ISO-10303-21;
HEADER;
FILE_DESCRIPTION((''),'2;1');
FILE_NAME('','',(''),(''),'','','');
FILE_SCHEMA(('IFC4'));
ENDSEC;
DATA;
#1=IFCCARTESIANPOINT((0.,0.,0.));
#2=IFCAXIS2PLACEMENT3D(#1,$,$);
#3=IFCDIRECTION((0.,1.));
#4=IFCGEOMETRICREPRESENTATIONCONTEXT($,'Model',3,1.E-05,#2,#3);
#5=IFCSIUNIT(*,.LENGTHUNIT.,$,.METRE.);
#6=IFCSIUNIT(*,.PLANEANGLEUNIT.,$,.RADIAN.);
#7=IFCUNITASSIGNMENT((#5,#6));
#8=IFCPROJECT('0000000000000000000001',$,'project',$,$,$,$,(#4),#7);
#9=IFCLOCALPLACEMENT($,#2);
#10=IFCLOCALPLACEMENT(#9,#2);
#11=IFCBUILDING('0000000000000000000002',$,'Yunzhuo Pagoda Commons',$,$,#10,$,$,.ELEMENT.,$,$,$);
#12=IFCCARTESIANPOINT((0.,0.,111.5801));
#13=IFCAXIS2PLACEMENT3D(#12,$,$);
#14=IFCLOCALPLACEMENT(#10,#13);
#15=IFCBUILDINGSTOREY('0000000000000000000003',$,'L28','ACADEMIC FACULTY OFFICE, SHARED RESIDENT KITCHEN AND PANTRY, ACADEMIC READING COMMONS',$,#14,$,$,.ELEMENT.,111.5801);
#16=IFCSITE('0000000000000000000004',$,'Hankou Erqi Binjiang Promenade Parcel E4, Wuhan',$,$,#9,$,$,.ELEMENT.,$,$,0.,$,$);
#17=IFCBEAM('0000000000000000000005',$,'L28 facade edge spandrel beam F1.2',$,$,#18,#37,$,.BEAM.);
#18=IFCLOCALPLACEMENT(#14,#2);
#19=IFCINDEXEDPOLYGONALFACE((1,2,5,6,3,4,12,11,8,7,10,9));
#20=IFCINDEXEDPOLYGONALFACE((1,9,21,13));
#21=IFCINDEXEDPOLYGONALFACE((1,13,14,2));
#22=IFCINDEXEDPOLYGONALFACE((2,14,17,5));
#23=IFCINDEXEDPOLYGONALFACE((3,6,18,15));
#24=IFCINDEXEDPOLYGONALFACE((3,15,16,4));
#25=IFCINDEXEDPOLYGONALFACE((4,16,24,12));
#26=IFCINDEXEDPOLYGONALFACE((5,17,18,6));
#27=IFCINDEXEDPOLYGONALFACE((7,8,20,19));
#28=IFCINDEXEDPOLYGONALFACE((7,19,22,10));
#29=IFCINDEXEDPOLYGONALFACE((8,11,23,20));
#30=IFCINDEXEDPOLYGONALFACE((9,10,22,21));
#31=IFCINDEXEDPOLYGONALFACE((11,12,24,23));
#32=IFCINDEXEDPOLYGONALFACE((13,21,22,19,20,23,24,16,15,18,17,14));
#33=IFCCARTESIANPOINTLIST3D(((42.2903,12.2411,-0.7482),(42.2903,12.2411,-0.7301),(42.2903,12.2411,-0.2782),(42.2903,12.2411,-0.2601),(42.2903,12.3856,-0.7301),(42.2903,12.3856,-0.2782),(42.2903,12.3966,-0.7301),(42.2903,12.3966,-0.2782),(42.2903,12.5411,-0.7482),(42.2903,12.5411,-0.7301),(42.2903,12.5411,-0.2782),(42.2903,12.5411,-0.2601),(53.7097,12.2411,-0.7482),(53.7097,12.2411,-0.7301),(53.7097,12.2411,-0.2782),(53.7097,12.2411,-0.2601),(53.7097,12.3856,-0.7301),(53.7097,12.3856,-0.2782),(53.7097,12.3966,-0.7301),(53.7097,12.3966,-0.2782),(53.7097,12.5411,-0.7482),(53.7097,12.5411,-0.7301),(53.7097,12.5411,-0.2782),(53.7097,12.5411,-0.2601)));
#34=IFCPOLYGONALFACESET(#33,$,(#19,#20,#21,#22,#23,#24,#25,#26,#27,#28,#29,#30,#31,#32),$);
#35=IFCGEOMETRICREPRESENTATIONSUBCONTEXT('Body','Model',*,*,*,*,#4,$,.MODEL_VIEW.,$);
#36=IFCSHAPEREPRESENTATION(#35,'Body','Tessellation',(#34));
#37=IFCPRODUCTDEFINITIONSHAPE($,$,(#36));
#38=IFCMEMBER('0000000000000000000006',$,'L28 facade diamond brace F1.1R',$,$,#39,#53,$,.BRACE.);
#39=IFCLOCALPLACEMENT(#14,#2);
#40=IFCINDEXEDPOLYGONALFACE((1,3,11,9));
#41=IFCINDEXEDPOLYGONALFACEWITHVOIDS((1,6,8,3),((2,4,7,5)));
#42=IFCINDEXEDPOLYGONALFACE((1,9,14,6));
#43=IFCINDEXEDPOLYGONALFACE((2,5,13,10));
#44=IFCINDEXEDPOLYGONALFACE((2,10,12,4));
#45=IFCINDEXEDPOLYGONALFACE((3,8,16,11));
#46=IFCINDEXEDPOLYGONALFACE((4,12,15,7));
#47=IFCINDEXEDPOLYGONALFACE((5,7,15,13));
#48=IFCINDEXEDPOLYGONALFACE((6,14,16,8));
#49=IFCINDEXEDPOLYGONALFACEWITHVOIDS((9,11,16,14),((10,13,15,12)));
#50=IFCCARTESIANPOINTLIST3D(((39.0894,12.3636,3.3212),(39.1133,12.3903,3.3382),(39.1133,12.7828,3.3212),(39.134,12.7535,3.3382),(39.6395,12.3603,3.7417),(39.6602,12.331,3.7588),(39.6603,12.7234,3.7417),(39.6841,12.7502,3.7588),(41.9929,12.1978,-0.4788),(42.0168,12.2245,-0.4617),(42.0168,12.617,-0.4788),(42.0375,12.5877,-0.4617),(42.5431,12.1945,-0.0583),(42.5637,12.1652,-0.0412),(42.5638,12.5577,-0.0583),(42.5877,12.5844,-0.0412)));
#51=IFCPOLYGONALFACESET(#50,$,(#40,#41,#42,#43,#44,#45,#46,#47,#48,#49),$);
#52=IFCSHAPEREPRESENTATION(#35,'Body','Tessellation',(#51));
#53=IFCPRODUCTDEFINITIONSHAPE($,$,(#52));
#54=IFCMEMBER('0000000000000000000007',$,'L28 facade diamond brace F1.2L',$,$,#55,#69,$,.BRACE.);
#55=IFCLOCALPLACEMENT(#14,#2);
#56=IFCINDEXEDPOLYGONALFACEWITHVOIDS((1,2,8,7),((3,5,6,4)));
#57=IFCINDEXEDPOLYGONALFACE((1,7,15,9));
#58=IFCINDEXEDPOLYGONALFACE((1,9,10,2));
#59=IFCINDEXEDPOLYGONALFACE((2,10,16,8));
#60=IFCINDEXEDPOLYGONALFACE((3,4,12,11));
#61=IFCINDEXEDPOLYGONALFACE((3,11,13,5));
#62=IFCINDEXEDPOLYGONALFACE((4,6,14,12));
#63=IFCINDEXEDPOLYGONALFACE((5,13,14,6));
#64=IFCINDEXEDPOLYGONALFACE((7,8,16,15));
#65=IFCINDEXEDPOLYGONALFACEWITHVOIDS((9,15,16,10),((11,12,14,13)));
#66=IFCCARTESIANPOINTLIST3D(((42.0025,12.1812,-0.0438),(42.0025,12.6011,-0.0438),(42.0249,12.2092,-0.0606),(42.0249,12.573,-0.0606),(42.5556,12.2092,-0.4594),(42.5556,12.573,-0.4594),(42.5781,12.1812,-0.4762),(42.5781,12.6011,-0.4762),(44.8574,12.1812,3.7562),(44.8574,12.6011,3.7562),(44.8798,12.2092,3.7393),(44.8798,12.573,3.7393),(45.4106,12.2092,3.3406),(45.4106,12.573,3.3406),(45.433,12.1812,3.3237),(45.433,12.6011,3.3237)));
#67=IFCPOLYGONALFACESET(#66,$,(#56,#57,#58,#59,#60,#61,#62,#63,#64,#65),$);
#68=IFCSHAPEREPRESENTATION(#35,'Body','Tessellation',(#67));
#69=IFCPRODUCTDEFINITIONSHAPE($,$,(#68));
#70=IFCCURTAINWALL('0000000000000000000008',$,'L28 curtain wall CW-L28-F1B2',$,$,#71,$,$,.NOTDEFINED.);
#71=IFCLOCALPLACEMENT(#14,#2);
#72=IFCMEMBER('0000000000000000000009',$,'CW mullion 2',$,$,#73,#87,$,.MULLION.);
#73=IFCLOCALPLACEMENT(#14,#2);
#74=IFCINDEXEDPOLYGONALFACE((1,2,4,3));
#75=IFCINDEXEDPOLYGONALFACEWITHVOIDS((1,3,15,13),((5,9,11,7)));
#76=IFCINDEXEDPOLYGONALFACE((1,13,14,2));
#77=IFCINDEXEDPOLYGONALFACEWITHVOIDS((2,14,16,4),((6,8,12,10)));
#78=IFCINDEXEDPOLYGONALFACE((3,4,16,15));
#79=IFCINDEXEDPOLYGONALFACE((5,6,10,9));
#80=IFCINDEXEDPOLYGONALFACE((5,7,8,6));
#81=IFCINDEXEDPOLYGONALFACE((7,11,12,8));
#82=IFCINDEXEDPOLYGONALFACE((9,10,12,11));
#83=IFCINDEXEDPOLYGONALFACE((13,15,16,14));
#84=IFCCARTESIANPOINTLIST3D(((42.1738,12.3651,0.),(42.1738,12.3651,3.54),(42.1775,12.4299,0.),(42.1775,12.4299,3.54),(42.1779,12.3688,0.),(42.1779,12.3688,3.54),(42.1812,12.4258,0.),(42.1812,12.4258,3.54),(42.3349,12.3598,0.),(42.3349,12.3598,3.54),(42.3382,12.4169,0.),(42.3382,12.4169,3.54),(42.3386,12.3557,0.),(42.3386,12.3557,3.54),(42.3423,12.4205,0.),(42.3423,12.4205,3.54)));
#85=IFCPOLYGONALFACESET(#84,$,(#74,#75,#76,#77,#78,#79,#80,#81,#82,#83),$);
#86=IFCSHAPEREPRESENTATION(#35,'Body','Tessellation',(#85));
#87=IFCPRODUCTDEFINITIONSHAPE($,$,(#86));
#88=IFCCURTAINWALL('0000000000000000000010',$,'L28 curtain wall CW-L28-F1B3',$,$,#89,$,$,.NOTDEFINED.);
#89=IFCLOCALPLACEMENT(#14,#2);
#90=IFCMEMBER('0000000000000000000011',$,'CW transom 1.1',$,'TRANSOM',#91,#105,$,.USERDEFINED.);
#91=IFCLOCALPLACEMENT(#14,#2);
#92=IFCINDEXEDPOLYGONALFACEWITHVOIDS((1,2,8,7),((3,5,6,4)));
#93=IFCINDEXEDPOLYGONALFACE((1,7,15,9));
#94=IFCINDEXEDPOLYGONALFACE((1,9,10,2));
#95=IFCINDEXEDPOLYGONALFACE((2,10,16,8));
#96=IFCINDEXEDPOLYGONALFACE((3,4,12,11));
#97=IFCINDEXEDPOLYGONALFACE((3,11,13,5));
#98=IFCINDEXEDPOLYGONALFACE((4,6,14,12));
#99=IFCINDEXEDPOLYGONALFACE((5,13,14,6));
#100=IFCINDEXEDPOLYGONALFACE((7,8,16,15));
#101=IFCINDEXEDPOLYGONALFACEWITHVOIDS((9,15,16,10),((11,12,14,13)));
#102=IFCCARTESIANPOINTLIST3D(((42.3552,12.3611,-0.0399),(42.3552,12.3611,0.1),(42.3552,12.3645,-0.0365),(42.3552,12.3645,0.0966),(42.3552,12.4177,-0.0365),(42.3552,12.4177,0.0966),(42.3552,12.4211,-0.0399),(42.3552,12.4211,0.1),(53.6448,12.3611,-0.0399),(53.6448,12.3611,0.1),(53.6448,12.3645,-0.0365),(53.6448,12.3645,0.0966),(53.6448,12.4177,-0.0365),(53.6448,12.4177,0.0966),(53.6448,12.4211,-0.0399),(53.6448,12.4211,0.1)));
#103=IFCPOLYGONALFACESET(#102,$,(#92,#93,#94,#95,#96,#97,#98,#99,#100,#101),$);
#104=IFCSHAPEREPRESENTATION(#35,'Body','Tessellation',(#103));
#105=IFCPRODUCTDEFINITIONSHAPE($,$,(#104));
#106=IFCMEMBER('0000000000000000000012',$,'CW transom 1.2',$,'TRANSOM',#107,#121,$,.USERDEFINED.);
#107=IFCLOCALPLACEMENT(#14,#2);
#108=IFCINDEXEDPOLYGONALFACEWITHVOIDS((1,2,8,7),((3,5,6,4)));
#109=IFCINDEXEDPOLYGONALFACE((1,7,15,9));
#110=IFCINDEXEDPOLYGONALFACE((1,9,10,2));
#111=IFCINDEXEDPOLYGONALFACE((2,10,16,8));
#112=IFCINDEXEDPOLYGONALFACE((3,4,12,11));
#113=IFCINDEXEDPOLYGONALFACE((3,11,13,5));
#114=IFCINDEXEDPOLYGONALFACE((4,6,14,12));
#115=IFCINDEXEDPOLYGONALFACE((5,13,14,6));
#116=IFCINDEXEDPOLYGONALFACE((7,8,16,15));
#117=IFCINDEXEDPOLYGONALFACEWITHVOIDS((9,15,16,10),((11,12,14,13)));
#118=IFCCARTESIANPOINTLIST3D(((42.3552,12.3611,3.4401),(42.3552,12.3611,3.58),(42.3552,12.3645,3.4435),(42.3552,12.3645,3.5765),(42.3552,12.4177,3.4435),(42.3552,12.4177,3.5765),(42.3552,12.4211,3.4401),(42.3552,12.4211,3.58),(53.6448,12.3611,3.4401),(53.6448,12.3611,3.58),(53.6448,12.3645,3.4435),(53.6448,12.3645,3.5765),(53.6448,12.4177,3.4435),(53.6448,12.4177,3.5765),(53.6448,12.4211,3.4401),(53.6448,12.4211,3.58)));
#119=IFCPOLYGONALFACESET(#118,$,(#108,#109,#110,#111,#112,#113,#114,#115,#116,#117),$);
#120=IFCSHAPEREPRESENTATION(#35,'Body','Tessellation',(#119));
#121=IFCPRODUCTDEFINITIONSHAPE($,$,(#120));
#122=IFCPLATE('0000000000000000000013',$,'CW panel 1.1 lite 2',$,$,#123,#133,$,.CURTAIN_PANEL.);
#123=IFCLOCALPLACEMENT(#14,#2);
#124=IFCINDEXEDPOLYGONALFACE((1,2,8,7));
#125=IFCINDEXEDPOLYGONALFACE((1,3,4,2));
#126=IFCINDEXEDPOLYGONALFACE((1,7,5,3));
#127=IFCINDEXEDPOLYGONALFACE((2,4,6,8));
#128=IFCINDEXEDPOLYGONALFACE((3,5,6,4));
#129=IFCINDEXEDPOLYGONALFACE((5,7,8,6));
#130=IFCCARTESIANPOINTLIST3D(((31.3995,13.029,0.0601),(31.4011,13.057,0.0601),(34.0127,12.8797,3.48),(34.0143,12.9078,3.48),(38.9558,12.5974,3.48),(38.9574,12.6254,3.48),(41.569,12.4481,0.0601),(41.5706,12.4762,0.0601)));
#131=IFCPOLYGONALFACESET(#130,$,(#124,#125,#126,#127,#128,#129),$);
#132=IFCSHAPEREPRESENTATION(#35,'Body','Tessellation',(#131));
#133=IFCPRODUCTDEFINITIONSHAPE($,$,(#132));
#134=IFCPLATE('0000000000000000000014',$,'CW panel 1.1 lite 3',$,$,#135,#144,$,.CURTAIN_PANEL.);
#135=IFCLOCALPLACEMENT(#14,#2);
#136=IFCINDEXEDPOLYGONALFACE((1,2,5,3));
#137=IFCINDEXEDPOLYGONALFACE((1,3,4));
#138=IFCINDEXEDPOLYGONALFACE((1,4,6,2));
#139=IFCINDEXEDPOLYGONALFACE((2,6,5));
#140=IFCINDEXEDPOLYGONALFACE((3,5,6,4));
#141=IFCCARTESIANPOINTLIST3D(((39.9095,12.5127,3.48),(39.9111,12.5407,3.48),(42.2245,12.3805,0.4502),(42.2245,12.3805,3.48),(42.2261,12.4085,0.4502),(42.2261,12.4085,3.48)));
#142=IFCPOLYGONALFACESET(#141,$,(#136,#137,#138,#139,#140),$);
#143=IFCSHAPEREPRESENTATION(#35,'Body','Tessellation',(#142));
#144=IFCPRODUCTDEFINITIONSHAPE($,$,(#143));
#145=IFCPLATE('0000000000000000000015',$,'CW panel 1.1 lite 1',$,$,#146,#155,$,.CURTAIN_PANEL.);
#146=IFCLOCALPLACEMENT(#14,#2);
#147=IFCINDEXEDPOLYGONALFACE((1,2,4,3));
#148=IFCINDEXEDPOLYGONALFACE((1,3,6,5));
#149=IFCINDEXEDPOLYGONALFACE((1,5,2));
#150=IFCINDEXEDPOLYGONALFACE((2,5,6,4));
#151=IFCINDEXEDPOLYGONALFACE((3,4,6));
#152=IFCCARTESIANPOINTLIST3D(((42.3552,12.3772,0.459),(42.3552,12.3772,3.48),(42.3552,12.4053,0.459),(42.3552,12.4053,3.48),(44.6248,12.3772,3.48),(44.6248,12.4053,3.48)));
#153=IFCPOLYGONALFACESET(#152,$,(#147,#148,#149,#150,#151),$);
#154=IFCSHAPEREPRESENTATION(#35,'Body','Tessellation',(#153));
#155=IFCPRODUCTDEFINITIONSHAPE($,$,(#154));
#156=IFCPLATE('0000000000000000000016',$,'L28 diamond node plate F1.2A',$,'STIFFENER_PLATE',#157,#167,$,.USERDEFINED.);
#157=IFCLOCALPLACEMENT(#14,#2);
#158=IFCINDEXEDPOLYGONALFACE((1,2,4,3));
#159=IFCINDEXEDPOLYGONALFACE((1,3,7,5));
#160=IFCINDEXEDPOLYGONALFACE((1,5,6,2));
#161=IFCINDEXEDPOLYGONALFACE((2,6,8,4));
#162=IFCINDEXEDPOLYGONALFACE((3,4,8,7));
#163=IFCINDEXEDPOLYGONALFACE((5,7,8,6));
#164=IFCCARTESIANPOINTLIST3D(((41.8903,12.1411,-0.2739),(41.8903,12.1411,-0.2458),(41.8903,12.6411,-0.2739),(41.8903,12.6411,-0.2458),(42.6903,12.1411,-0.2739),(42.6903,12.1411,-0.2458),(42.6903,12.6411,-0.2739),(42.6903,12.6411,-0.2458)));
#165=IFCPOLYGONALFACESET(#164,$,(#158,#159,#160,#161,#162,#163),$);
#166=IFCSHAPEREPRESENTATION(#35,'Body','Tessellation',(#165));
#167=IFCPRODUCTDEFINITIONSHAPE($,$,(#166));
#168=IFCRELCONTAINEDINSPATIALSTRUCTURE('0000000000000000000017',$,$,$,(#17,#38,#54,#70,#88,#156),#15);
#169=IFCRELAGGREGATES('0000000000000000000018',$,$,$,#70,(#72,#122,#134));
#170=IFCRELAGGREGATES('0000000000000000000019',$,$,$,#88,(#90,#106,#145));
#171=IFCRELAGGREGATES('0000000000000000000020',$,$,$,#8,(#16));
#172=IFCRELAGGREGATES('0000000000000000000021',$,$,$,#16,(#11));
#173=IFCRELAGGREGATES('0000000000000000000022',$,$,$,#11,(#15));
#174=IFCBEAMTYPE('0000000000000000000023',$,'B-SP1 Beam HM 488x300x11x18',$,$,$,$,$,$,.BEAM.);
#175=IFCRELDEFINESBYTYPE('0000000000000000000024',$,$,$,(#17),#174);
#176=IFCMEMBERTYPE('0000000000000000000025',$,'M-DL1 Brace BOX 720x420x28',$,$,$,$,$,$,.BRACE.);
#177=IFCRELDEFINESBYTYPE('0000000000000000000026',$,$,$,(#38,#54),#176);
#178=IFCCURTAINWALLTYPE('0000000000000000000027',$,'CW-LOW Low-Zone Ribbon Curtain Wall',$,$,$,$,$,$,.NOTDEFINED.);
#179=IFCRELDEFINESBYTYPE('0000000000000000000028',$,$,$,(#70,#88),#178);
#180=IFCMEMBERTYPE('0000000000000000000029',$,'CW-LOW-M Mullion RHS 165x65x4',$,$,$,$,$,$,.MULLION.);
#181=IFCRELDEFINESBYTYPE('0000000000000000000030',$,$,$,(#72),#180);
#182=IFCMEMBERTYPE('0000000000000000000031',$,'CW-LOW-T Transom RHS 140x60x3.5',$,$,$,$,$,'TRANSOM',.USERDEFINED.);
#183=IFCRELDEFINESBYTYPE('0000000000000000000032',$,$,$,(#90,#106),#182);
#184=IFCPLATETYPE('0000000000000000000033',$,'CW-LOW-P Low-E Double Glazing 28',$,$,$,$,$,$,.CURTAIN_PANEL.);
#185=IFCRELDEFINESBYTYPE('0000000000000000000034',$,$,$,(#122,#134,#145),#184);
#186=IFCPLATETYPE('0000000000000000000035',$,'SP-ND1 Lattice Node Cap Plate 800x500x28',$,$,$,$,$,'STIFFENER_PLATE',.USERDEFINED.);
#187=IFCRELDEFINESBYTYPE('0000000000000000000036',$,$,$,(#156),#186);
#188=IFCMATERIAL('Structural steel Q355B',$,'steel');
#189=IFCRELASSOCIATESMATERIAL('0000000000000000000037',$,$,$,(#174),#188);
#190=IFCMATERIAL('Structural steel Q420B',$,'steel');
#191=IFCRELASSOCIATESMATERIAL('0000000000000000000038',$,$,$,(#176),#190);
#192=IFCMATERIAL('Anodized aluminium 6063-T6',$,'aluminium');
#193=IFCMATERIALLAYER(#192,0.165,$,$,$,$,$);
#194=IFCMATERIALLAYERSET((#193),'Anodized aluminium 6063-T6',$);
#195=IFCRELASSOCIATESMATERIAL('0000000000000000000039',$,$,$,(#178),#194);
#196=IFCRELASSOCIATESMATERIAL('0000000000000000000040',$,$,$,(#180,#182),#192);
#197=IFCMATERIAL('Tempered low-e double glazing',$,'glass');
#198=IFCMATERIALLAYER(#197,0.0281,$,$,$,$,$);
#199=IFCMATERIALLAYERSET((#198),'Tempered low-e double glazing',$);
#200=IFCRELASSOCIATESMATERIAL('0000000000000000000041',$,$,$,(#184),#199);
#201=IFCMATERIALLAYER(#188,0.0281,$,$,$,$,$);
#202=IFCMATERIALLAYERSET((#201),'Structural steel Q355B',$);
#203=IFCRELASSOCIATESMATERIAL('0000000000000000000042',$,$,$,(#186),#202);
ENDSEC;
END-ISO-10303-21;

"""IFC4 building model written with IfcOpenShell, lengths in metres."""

from ifc_helpers import new_model, si_unit, direction, frame, origin, origin_2d, place, context, subcontext, project, spatial, polyline, rectangle, hollow_rectangle, i_section, outline, extrude, source, transform, mapped, material, layer, layer_set, material_profile, profile_set, type_object, element, aggregate, save


model = new_model("IFC4")

# Units and contexts
model_context = context("Model", 3, precision=1e-05, world=origin(), true_north=direction((0.0, 1.0)))
body_context = subcontext(model_context, "Body", "Model", "MODEL_VIEW")
ifc_project = project(units=[si_unit("LENGTHUNIT", "METRE"), si_unit("PLANEANGLEUNIT", "RADIAN")], contexts=[model_context])

# Site, building, storey
site_placement = place(None, origin())
site = spatial("IfcSite", under=ifc_project, at=site_placement, Name="Hankou Erqi Binjiang Promenade Parcel E4, Wuhan", CompositionType="ELEMENT", RefElevation=0.0)
building_placement = place(site_placement, origin())
building = spatial("IfcBuilding", under=site, at=building_placement, Name="Yunzhuo Pagoda Commons", CompositionType="ELEMENT")
storey_placement = place(building_placement, frame((0.0, 0.0, 111.5801)))
storey = spatial("IfcBuildingStorey", under=building, at=storey_placement, Name="L28", Description="ACADEMIC FACULTY OFFICE, SHARED RESIDENT KITCHEN AND PANTRY, ACADEMIC READING COMMONS", CompositionType="ELEMENT", Elevation=111.5801)

# Shared definitions
ifc_material_1 = material(Name="Structural steel Q420B", Category="steel")

# Beam
ifc_material_2 = material(Name="Structural steel Q355B", Category="steel")
ifc_material_profile_1 = material_profile(ifc_material_2, i_section(OverallWidth=0.3, OverallDepth=0.488, WebThickness=0.011, FlangeThickness=0.0181, at=origin_2d()), Name="Structural steel Q355B")
ifc_profile_set_1 = profile_set([ifc_material_profile_1], Name="Structural steel Q355B")
beam_type_1 = type_object("IfcBeamType", Name="B-SP1 Beam HM 488x300x11x18", PredefinedType="BEAM", material=ifc_profile_set_1)
shared_shape_1 = source(origin(), body_context, "Body", "SweptSolid", [
    extrude(i_section(OverallWidth=0.3, OverallDepth=0.488, WebThickness=0.011, FlangeThickness=0.0181, at=origin_2d()), origin(), (0.0, 0.0, 1.0), 11.4194),
])
beam_1_placement = place(storey_placement, frame((42.2903, 12.3911, -0.5042), z_axis=(1.0, 0.0, 0.0), x_axis=(0.0, 1.0, 0.0)))
element("IfcBeam", 1, at=beam_1_placement, inside=storey, type_object=beam_type_1, Name="L28 facade edge spandrel beam F1.2", PredefinedType="BEAM", context=body_context, shape_type="MappedRepresentation", body=[
    mapped(shared_shape_1, transform((0.0, 0.0, 0.0), scale=1.0)),
])

# Members
ifc_material_profile_2 = material_profile(ifc_material_1, hollow_rectangle(XDim=0.4199, YDim=0.72, WallThickness=0.0281, at=origin_2d()), Name="Structural steel Q420B")
ifc_profile_set_2 = profile_set([ifc_material_profile_2], Name="Structural steel Q420B")
member_type_1 = type_object("IfcMemberType", Name="M-DL1 Brace BOX 720x420x28", PredefinedType="BRACE", material=ifc_profile_set_2)
shared_shape_2 = source(origin(), body_context, "Body", "SweptSolid", [
    extrude(hollow_rectangle(XDim=0.4199, YDim=0.72, WallThickness=0.0281, at=origin_2d()), origin(), (0.0, 0.0, 1.0), 4.7852),
])
member_1_placement = place(storey_placement, frame((42.2903, 12.3911, -0.26), z_axis=(-0.606775, 0.034642, 0.794118), x_axis=(-0.057, -0.998374, 0.0)))
element("IfcMember", 2, at=member_1_placement, inside=storey, type_object=member_type_1, Name="L28 facade diamond brace F1.1R", PredefinedType="BRACE", context=body_context, shape_type="MappedRepresentation", body=[
    mapped(shared_shape_2, transform((0.0, 0.0, 0.0), scale=1.0)),
])
shared_shape_3 = source(origin(), body_context, "Body", "SweptSolid", [
    extrude(hollow_rectangle(XDim=0.4199, YDim=0.72, WallThickness=0.0281, at=origin_2d()), origin(), (0.0, 0.0, 1.0), 4.7529),
])
member_2_placement = place(storey_placement, frame((42.2903, 12.3911, -0.26), z_axis=(0.600665, 0.0, 0.7995), x_axis=(0.0, 1.0, 0.0)))
element("IfcMember", 3, at=member_2_placement, inside=storey, type_object=member_type_1, Name="L28 facade diamond brace F1.2L", PredefinedType="BRACE", context=body_context, shape_type="MappedRepresentation", body=[
    mapped(shared_shape_3, transform((0.0, 0.0, 0.0), scale=1.0)),
])

# Curtain wall, member
ifc_material_3 = material(Name="Anodized aluminium 6063-T6", Category="aluminium")
ifc_layer_1 = layer(ifc_material_3, 0.165)
ifc_layer_set_1 = layer_set([ifc_layer_1], Name="Anodized aluminium 6063-T6")
curtain_wall_type = type_object("IfcCurtainWallType", Name="CW-LOW Low-Zone Ribbon Curtain Wall", PredefinedType="NOTDEFINED", material=ifc_layer_set_1)
curtain_wall_1_placement = place(storey_placement, origin())
curtain_wall_1 = element("IfcCurtainWall", 4, at=curtain_wall_1_placement, inside=storey, type_object=curtain_wall_type, Name="L28 curtain wall CW-L28-F1B2", PredefinedType="NOTDEFINED")
ifc_material_profile_3 = material_profile(ifc_material_3, hollow_rectangle(XDim=0.0649, YDim=0.165, WallThickness=0.0039, at=origin_2d()), Name="Anodized aluminium 6063-T6")
ifc_profile_set_3 = profile_set([ifc_material_profile_3], Name="Anodized aluminium 6063-T6")
member_type_2 = type_object("IfcMemberType", Name="CW-LOW-M Mullion RHS 165x65x4", PredefinedType="MULLION", material=ifc_profile_set_3)
shared_shape_4 = source(origin(), body_context, "Body", "SweptSolid", [
    extrude(hollow_rectangle(XDim=0.0649, YDim=0.165, WallThickness=0.0039, at=origin_2d()), origin(), (0.0, 0.0, 1.0), 3.54),
])
member_3_placement = place(storey_placement, frame((42.2581, 12.3928, 0.0), z_axis=(0.0, 0.0, 1.0), x_axis=(0.057028, 0.998373, 0.0)))
member_3 = element("IfcMember", 5, at=member_3_placement, type_object=member_type_2, Name="CW mullion 2", PredefinedType="MULLION", context=body_context, shape_type="MappedRepresentation", body=[
    mapped(shared_shape_4, transform((0.0, 0.0, 0.0), scale=1.0)),
])

# Curtain wall, members
curtain_wall_2_placement = place(storey_placement, origin())
curtain_wall_2 = element("IfcCurtainWall", 6, at=curtain_wall_2_placement, inside=storey, type_object=curtain_wall_type, Name="L28 curtain wall CW-L28-F1B3", PredefinedType="NOTDEFINED")
ifc_material_profile_4 = material_profile(ifc_material_3, hollow_rectangle(XDim=0.0601, YDim=0.1399, WallThickness=0.0034, at=origin_2d()), Name="Anodized aluminium 6063-T6")
ifc_profile_set_4 = profile_set([ifc_material_profile_4], Name="Anodized aluminium 6063-T6")
member_type_3 = type_object("IfcMemberType", Name="CW-LOW-T Transom RHS 140x60x3.5", ElementType="TRANSOM", PredefinedType="USERDEFINED", material=ifc_profile_set_4)
shared_shape_5 = source(origin(), body_context, "Body", "SweptSolid", [
    extrude(hollow_rectangle(XDim=0.0601, YDim=0.1399, WallThickness=0.0034, at=origin_2d()), origin(), (0.0, 0.0, 1.0), 11.2896),
])
member_4_placement = place(storey_placement, frame((42.3552, 12.3911, 0.03), z_axis=(1.0, 0.0, 0.0), x_axis=(0.0, 1.0, 0.0)))
member_4 = element("IfcMember", 7, at=member_4_placement, type_object=member_type_3, Name="CW transom 1.1", ObjectType="TRANSOM", PredefinedType="USERDEFINED", context=body_context, shape_type="MappedRepresentation", body=[
    mapped(shared_shape_5, transform((0.0, 0.0, 0.0), scale=1.0)),
])
member_5_placement = place(storey_placement, frame((42.3552, 12.3911, 3.51), z_axis=(1.0, 0.0, 0.0), x_axis=(0.0, 1.0, 0.0)))
member_5 = element("IfcMember", 8, at=member_5_placement, type_object=member_type_3, Name="CW transom 1.2", ObjectType="TRANSOM", PredefinedType="USERDEFINED", context=body_context, shape_type="MappedRepresentation", body=[
    mapped(shared_shape_5, transform((0.0, 0.0, 0.0), scale=1.0)),
])

# Plates
ifc_material_4 = material(Name="Tempered low-e double glazing", Category="glass")
ifc_layer_2 = layer(ifc_material_4, 0.0281)
ifc_layer_set_2 = layer_set([ifc_layer_2], Name="Tempered low-e double glazing")
plate_type_1 = type_object("IfcPlateType", Name="CW-LOW-P Low-E Double Glazing 28", PredefinedType="CURTAIN_PANEL", material=ifc_layer_set_2)
plate_1_placement = place(storey_placement, frame((36.4858, 12.7666, 1.77), z_axis=(-0.057028, -0.998373, 0.0), x_axis=(0.998373, -0.057028, 0.0)))
plate_1 = element("IfcPlate", 9, at=plate_1_placement, type_object=plate_type_1, Name="CW panel 1.1 lite 2", PredefinedType="CURTAIN_PANEL", context=body_context, shape_type="SweptSolid", body=[
    extrude(outline(polyline([(-5.093, -1.71), (5.093, -1.71), (2.4756, 1.71), (-2.4756, 1.71), (-5.093, -1.71)])), origin(), (0.0, 0.0, 1.0), 0.0281),
])
plate_2_placement = place(storey_placement, frame((41.0686, 12.4746, 1.9651), z_axis=(-0.057028, -0.998373, 0.0), x_axis=(0.998373, -0.057028, 0.0)))
plate_2 = element("IfcPlate", 10, at=plate_2_placement, type_object=plate_type_1, Name="CW panel 1.1 lite 3", PredefinedType="CURTAIN_PANEL", context=body_context, shape_type="SweptSolid", body=[
    extrude(outline(polyline([(-1.1594, 1.5149), (1.1594, -1.5149), (1.1594, 1.5149), (-1.1594, 1.5149)])), origin(), (0.0, 0.0, 1.0), 0.0281),
])
aggregate(curtain_wall_1, [member_3, plate_1, plate_2])
plate_3_placement = place(storey_placement, frame((43.49, 12.4053, 1.9695), z_axis=(0.0, -1.0, 0.0), x_axis=(1.0, 0.0, 0.0)))
plate_3 = element("IfcPlate", 11, at=plate_3_placement, type_object=plate_type_1, Name="CW panel 1.1 lite 1", PredefinedType="CURTAIN_PANEL", context=body_context, shape_type="SweptSolid", body=[
    extrude(outline(polyline([(-1.1348, -1.5105), (1.1348, 1.5105), (-1.1348, 1.5105), (-1.1348, -1.5105)])), origin(), (0.0, 0.0, 1.0), 0.0281),
])
aggregate(curtain_wall_2, [member_4, member_5, plate_3])

# Plate
ifc_layer_3 = layer(ifc_material_2, 0.0281)
ifc_layer_set_3 = layer_set([ifc_layer_3], Name="Structural steel Q355B")
plate_type_2 = type_object("IfcPlateType", Name="SP-ND1 Lattice Node Cap Plate 800x500x28", ElementType="STIFFENER_PLATE", PredefinedType="USERDEFINED", material=ifc_layer_set_3)
shared_shape_6 = source(origin(), body_context, "Body", "SweptSolid", [
    extrude(rectangle(XDim=0.8, YDim=0.5, at=origin_2d()), origin(), (0.0, 0.0, 1.0), 0.0281),
])
plate_4_placement = place(storey_placement, frame((42.2903, 12.3911, -0.2739), z_axis=(0.0, 0.0, 1.0), x_axis=(1.0, 0.0, 0.0)))
element("IfcPlate", 12, at=plate_4_placement, inside=storey, type_object=plate_type_2, Name="L28 diamond node plate F1.2A", ObjectType="STIFFENER_PLATE", PredefinedType="USERDEFINED", context=body_context, shape_type="MappedRepresentation", body=[
    mapped(shared_shape_6, transform((0.0, 0.0, 0.0), scale=1.0)),
])

save(model, "model.ifc")
